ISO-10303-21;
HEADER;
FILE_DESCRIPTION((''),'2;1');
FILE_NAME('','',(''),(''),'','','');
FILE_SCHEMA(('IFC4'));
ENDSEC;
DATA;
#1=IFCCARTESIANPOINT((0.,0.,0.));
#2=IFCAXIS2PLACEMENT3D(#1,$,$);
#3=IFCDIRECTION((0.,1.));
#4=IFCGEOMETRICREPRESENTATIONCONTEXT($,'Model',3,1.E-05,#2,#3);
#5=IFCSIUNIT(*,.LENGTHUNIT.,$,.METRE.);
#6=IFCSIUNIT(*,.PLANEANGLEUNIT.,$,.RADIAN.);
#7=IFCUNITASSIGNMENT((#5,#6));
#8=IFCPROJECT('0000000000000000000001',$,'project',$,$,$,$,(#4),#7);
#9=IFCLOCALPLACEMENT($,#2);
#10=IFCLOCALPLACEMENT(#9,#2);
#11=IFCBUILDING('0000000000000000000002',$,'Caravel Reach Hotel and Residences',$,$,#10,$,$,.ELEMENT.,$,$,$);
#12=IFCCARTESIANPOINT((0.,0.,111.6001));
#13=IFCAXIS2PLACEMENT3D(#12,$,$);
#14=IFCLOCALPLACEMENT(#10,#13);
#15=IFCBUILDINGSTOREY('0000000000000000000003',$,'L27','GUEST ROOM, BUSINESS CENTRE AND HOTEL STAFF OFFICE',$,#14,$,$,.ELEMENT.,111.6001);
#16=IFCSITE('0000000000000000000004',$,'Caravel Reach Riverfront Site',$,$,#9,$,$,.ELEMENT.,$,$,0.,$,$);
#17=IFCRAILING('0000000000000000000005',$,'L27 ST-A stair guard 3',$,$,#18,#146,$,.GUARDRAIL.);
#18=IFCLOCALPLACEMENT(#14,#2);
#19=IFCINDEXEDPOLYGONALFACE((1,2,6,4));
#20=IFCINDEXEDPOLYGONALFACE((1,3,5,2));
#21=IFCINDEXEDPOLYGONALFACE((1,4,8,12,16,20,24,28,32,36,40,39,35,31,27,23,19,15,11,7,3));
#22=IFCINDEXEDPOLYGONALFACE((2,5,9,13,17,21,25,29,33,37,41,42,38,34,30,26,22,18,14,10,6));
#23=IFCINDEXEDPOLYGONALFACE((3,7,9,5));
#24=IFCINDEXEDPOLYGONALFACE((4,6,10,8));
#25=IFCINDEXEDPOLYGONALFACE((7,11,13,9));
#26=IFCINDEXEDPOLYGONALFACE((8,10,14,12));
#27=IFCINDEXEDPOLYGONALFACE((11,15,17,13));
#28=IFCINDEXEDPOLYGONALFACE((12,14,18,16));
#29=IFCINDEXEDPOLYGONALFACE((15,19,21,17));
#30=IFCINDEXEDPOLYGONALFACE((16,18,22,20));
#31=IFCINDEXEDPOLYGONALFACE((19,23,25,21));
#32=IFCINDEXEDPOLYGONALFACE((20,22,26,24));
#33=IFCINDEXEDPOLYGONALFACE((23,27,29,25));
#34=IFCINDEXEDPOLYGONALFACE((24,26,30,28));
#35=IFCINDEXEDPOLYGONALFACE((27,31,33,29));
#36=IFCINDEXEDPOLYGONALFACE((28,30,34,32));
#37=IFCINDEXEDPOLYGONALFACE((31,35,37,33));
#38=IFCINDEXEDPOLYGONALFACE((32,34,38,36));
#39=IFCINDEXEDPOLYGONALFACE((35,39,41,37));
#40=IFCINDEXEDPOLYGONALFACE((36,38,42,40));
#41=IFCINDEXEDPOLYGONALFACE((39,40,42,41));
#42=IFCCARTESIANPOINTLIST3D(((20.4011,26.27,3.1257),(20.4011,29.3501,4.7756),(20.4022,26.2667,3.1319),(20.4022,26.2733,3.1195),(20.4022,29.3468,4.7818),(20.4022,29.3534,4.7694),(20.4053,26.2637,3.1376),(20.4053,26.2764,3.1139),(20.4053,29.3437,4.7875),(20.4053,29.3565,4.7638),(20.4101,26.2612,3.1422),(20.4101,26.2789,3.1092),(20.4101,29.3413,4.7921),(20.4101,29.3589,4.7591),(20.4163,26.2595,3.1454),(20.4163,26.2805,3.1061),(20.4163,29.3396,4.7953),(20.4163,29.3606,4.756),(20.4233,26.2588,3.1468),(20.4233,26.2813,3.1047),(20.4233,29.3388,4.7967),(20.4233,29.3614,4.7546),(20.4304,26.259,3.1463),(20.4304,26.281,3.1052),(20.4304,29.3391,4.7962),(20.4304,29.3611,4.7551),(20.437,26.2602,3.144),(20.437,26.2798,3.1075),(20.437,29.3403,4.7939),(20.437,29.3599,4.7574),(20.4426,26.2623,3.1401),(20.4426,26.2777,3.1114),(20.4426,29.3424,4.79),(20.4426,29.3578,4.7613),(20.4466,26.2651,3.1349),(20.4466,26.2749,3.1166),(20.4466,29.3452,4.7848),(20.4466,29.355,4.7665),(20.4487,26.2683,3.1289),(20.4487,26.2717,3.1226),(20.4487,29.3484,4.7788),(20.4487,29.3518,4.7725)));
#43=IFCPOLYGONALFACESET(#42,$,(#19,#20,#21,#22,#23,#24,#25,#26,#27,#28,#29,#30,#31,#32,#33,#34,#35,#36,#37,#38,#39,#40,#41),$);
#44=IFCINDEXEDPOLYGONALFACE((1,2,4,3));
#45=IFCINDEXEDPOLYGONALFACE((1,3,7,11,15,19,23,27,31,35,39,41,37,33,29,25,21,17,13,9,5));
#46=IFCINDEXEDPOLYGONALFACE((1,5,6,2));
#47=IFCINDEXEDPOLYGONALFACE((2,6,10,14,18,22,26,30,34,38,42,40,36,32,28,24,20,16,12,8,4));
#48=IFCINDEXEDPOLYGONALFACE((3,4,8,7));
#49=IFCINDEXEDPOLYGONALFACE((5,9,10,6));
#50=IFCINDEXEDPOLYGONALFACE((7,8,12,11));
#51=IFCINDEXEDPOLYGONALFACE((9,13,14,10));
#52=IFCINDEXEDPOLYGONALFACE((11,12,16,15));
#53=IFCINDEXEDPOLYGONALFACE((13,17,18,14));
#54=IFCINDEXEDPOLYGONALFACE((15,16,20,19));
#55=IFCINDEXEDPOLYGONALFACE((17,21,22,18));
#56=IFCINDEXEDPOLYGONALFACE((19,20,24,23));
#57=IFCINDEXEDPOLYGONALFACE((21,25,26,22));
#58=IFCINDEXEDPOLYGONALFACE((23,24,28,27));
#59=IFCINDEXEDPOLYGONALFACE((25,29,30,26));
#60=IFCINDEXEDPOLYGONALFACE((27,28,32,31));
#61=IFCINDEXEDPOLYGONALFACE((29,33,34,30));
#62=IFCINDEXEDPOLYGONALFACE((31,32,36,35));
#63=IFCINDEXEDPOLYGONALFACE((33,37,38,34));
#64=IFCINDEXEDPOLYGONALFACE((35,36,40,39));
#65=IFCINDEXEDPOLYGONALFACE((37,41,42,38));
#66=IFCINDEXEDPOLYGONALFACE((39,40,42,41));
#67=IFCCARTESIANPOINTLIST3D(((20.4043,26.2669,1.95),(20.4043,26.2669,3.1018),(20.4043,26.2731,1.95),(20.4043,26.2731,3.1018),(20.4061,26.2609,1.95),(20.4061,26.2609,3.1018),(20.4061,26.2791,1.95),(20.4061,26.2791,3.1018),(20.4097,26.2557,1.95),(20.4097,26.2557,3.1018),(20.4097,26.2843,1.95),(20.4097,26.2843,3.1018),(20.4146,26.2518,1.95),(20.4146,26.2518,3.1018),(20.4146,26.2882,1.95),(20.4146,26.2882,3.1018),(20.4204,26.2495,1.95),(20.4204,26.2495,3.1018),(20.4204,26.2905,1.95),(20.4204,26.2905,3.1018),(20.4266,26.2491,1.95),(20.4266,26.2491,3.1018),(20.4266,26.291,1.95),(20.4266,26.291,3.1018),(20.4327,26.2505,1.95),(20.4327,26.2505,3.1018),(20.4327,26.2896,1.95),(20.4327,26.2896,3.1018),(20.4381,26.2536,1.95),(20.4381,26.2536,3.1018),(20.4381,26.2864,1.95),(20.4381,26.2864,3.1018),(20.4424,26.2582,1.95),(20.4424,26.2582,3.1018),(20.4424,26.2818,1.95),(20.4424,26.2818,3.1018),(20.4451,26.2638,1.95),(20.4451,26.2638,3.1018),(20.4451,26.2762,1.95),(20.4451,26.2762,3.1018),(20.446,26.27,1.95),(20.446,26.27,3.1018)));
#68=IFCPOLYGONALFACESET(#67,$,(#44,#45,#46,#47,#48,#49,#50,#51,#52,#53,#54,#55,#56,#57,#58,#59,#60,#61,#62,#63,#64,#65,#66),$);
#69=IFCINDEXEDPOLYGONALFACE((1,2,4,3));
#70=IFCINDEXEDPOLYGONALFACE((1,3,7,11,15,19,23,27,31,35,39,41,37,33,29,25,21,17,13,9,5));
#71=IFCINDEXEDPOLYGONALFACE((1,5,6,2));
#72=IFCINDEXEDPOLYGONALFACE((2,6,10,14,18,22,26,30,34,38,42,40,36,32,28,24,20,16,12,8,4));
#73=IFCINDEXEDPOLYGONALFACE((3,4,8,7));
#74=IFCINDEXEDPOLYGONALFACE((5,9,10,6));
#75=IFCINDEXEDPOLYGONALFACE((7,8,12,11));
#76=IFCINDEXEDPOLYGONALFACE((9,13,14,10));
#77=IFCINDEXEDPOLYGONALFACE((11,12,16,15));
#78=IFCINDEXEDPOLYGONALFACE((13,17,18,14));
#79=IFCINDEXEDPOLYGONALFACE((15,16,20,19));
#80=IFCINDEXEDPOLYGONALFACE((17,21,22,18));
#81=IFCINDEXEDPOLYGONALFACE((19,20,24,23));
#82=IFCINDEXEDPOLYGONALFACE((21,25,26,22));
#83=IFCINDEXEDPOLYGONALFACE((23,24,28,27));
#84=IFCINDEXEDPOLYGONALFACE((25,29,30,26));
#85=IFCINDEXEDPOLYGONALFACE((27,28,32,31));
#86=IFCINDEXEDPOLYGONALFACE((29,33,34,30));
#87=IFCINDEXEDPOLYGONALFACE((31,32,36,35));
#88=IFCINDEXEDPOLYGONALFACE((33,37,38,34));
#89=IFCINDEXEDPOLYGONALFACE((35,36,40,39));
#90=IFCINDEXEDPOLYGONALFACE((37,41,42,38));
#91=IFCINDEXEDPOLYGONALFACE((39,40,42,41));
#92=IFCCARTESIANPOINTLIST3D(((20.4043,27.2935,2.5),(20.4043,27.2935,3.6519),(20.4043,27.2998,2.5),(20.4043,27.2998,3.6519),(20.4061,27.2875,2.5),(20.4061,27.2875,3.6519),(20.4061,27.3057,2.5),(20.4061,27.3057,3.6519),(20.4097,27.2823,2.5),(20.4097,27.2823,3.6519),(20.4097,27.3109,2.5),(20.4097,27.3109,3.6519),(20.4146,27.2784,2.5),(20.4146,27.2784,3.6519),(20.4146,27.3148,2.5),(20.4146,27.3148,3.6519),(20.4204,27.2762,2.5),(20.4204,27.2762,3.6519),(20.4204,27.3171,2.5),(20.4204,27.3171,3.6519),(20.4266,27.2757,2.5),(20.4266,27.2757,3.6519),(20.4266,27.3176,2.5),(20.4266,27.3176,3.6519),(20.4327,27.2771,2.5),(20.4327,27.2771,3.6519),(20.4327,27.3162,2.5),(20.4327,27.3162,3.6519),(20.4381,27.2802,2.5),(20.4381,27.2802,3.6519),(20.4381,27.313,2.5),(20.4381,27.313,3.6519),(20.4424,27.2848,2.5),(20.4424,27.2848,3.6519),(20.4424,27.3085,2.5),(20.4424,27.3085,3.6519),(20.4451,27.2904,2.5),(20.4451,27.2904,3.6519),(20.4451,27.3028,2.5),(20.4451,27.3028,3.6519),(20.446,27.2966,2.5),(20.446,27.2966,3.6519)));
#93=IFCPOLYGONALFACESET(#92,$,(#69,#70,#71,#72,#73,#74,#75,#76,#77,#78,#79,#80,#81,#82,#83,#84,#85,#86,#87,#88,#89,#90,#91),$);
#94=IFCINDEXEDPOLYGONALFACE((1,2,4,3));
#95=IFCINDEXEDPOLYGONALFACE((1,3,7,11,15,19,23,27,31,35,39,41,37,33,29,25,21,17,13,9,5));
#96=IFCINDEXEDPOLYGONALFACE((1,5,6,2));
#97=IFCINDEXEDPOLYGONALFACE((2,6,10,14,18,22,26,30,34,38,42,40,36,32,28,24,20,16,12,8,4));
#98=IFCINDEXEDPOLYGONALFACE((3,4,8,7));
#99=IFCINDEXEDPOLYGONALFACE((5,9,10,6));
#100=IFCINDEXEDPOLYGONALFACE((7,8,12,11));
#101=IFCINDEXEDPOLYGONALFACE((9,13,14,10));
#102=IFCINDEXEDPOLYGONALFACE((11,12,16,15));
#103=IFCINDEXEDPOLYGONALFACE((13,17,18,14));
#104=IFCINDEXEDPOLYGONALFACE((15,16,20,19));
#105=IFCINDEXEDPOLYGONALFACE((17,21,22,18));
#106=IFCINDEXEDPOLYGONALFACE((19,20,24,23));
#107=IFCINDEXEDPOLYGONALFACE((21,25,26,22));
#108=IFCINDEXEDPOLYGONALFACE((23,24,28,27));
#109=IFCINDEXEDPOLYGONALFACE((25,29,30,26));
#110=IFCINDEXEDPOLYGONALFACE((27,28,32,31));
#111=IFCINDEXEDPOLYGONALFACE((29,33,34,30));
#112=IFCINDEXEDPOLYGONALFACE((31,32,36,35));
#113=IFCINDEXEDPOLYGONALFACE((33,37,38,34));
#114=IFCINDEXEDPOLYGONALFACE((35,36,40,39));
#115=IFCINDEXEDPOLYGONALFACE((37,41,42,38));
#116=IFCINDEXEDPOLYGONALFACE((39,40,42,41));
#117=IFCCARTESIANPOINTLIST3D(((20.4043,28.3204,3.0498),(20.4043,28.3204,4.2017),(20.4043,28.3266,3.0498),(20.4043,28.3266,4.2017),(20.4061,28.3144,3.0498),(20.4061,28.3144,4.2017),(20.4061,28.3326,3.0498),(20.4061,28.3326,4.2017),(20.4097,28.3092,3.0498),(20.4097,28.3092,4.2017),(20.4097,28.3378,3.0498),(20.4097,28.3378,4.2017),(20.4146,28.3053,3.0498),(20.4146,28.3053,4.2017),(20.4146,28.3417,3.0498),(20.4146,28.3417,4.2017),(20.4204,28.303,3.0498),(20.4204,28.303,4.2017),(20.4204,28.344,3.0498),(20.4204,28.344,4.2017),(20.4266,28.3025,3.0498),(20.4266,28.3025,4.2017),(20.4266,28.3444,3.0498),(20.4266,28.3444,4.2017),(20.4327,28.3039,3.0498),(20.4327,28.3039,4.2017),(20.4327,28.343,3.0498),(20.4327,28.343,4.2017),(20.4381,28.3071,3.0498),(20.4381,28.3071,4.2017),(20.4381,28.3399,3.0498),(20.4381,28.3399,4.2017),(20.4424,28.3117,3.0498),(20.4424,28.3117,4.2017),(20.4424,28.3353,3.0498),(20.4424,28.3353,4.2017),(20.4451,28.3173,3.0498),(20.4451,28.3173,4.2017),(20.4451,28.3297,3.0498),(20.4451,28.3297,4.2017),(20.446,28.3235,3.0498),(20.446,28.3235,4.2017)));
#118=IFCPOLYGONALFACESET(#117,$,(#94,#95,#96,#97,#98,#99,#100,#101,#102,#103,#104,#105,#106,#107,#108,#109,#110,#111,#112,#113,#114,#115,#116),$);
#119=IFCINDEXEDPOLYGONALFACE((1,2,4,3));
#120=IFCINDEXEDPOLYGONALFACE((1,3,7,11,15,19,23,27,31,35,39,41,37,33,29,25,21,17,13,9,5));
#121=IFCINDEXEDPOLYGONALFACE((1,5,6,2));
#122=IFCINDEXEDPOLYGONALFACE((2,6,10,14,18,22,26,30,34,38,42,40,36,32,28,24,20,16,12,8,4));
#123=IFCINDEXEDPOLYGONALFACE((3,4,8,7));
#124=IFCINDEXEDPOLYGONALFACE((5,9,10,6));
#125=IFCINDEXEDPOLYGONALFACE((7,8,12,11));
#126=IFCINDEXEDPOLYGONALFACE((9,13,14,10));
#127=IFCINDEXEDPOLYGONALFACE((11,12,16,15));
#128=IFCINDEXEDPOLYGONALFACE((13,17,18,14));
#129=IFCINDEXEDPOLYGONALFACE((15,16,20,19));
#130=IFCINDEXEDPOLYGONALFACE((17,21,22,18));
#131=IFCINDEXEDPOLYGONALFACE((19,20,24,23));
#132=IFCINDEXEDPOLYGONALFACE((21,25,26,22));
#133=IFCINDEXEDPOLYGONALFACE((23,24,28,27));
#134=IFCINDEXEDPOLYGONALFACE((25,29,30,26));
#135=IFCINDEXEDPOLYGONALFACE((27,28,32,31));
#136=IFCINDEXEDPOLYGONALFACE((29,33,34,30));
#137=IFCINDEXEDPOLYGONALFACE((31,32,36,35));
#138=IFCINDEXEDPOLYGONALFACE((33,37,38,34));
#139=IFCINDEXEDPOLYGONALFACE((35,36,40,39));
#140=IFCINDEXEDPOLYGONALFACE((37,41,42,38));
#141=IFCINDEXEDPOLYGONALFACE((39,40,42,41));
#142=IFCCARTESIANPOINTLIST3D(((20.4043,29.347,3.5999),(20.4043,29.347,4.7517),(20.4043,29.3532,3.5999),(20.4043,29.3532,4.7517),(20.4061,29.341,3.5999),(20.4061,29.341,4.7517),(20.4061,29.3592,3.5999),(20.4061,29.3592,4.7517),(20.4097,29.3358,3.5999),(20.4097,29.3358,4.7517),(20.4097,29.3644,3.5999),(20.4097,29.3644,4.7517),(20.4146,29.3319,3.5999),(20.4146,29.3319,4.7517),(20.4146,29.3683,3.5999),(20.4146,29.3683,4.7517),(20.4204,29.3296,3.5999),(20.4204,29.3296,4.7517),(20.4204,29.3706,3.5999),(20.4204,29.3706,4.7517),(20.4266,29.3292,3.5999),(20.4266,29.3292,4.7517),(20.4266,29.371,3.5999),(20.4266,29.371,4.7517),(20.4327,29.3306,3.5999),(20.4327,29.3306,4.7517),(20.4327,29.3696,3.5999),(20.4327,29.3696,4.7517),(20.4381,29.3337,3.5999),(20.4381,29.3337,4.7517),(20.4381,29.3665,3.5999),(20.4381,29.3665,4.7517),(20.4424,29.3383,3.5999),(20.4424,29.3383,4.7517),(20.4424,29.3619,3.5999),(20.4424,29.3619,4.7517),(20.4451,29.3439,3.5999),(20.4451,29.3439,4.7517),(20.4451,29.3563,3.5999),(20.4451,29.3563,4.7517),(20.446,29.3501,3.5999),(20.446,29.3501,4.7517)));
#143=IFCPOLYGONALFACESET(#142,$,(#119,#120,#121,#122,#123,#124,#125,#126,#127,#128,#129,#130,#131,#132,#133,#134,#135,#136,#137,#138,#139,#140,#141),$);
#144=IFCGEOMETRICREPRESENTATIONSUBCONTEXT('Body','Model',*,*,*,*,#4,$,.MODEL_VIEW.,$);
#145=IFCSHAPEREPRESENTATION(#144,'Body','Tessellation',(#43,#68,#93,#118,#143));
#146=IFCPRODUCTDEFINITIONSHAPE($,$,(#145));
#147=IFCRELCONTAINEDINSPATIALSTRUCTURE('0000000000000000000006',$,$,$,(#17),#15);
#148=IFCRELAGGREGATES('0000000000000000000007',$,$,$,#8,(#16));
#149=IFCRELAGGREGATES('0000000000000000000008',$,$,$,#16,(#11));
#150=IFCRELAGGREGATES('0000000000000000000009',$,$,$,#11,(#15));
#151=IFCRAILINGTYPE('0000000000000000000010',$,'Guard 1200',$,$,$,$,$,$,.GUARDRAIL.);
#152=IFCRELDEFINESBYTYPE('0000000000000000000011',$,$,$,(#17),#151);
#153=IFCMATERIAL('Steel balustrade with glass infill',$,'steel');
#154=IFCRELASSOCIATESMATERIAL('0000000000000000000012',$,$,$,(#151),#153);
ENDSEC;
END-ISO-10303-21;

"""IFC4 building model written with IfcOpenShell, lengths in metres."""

from ifc_helpers import new_model, si_unit, direction, frame, origin, origin_2d, place, context, subcontext, project, spatial, circle, extrude, material, type_object, element, save


model = new_model("IFC4")

# Units and contexts
model_context = context("Model", 3, precision=1e-05, world=origin(), true_north=direction((0.0, 1.0)))
body_context = subcontext(model_context, "Body", "Model", "MODEL_VIEW")
ifc_project = project(units=[si_unit("LENGTHUNIT", "METRE"), si_unit("PLANEANGLEUNIT", "RADIAN")], contexts=[model_context])

# Site, building, storey
site_placement = place(None, origin())
site = spatial("IfcSite", under=ifc_project, at=site_placement, Name="Caravel Reach Riverfront Site", CompositionType="ELEMENT", RefElevation=0.0)
building_placement = place(site_placement, origin())
building = spatial("IfcBuilding", under=site, at=building_placement, Name="Caravel Reach Hotel and Residences", CompositionType="ELEMENT")
storey_placement = place(building_placement, frame((0.0, 0.0, 111.6001)))
storey = spatial("IfcBuildingStorey", under=building, at=storey_placement, Name="L27", Description="GUEST ROOM, BUSINESS CENTRE AND HOTEL STAFF OFFICE", CompositionType="ELEMENT", Elevation=111.6001)

# Railing
ifc_material_1 = material(Name="Steel balustrade with glass infill", Category="steel")
railing_type_1 = type_object("IfcRailingType", Name="Guard 1200", PredefinedType="GUARDRAIL", material=ifc_material_1)
railing_1_placement = place(storey_placement, frame((20.425, 26.27, 1.95)))
element("IfcRailing", 1, at=railing_1_placement, inside=storey, type_object=railing_type_1, Name="L27 ST-A stair guard 3", PredefinedType="GUARDRAIL", context=body_context, shape_type="SweptSolid", body=[
    extrude(circle(Radius=0.0239, at=origin_2d()), frame((0.0, 0.0, 1.1758), z_axis=(0.0, 0.881497, 0.47219), x_axis=(-1.0, 0.0, 0.0)), (0.0, 0.0, 1.0), 3.4941),
    extrude(circle(Radius=0.021, at=origin_2d()), origin(), (0.0, 0.0, 1.0), 1.1519),
    extrude(circle(Radius=0.021, at=origin_2d()), frame((0.0, 1.0266, 0.55)), (0.0, 0.0, 1.0), 1.1519),
    extrude(circle(Radius=0.021, at=origin_2d()), frame((0.0, 2.0535, 1.0999)), (0.0, 0.0, 1.0), 1.1519),
    extrude(circle(Radius=0.021, at=origin_2d()), frame((0.0, 3.0801, 1.6499)), (0.0, 0.0, 1.0), 1.1519),
])

save(model, "model.ifc")
